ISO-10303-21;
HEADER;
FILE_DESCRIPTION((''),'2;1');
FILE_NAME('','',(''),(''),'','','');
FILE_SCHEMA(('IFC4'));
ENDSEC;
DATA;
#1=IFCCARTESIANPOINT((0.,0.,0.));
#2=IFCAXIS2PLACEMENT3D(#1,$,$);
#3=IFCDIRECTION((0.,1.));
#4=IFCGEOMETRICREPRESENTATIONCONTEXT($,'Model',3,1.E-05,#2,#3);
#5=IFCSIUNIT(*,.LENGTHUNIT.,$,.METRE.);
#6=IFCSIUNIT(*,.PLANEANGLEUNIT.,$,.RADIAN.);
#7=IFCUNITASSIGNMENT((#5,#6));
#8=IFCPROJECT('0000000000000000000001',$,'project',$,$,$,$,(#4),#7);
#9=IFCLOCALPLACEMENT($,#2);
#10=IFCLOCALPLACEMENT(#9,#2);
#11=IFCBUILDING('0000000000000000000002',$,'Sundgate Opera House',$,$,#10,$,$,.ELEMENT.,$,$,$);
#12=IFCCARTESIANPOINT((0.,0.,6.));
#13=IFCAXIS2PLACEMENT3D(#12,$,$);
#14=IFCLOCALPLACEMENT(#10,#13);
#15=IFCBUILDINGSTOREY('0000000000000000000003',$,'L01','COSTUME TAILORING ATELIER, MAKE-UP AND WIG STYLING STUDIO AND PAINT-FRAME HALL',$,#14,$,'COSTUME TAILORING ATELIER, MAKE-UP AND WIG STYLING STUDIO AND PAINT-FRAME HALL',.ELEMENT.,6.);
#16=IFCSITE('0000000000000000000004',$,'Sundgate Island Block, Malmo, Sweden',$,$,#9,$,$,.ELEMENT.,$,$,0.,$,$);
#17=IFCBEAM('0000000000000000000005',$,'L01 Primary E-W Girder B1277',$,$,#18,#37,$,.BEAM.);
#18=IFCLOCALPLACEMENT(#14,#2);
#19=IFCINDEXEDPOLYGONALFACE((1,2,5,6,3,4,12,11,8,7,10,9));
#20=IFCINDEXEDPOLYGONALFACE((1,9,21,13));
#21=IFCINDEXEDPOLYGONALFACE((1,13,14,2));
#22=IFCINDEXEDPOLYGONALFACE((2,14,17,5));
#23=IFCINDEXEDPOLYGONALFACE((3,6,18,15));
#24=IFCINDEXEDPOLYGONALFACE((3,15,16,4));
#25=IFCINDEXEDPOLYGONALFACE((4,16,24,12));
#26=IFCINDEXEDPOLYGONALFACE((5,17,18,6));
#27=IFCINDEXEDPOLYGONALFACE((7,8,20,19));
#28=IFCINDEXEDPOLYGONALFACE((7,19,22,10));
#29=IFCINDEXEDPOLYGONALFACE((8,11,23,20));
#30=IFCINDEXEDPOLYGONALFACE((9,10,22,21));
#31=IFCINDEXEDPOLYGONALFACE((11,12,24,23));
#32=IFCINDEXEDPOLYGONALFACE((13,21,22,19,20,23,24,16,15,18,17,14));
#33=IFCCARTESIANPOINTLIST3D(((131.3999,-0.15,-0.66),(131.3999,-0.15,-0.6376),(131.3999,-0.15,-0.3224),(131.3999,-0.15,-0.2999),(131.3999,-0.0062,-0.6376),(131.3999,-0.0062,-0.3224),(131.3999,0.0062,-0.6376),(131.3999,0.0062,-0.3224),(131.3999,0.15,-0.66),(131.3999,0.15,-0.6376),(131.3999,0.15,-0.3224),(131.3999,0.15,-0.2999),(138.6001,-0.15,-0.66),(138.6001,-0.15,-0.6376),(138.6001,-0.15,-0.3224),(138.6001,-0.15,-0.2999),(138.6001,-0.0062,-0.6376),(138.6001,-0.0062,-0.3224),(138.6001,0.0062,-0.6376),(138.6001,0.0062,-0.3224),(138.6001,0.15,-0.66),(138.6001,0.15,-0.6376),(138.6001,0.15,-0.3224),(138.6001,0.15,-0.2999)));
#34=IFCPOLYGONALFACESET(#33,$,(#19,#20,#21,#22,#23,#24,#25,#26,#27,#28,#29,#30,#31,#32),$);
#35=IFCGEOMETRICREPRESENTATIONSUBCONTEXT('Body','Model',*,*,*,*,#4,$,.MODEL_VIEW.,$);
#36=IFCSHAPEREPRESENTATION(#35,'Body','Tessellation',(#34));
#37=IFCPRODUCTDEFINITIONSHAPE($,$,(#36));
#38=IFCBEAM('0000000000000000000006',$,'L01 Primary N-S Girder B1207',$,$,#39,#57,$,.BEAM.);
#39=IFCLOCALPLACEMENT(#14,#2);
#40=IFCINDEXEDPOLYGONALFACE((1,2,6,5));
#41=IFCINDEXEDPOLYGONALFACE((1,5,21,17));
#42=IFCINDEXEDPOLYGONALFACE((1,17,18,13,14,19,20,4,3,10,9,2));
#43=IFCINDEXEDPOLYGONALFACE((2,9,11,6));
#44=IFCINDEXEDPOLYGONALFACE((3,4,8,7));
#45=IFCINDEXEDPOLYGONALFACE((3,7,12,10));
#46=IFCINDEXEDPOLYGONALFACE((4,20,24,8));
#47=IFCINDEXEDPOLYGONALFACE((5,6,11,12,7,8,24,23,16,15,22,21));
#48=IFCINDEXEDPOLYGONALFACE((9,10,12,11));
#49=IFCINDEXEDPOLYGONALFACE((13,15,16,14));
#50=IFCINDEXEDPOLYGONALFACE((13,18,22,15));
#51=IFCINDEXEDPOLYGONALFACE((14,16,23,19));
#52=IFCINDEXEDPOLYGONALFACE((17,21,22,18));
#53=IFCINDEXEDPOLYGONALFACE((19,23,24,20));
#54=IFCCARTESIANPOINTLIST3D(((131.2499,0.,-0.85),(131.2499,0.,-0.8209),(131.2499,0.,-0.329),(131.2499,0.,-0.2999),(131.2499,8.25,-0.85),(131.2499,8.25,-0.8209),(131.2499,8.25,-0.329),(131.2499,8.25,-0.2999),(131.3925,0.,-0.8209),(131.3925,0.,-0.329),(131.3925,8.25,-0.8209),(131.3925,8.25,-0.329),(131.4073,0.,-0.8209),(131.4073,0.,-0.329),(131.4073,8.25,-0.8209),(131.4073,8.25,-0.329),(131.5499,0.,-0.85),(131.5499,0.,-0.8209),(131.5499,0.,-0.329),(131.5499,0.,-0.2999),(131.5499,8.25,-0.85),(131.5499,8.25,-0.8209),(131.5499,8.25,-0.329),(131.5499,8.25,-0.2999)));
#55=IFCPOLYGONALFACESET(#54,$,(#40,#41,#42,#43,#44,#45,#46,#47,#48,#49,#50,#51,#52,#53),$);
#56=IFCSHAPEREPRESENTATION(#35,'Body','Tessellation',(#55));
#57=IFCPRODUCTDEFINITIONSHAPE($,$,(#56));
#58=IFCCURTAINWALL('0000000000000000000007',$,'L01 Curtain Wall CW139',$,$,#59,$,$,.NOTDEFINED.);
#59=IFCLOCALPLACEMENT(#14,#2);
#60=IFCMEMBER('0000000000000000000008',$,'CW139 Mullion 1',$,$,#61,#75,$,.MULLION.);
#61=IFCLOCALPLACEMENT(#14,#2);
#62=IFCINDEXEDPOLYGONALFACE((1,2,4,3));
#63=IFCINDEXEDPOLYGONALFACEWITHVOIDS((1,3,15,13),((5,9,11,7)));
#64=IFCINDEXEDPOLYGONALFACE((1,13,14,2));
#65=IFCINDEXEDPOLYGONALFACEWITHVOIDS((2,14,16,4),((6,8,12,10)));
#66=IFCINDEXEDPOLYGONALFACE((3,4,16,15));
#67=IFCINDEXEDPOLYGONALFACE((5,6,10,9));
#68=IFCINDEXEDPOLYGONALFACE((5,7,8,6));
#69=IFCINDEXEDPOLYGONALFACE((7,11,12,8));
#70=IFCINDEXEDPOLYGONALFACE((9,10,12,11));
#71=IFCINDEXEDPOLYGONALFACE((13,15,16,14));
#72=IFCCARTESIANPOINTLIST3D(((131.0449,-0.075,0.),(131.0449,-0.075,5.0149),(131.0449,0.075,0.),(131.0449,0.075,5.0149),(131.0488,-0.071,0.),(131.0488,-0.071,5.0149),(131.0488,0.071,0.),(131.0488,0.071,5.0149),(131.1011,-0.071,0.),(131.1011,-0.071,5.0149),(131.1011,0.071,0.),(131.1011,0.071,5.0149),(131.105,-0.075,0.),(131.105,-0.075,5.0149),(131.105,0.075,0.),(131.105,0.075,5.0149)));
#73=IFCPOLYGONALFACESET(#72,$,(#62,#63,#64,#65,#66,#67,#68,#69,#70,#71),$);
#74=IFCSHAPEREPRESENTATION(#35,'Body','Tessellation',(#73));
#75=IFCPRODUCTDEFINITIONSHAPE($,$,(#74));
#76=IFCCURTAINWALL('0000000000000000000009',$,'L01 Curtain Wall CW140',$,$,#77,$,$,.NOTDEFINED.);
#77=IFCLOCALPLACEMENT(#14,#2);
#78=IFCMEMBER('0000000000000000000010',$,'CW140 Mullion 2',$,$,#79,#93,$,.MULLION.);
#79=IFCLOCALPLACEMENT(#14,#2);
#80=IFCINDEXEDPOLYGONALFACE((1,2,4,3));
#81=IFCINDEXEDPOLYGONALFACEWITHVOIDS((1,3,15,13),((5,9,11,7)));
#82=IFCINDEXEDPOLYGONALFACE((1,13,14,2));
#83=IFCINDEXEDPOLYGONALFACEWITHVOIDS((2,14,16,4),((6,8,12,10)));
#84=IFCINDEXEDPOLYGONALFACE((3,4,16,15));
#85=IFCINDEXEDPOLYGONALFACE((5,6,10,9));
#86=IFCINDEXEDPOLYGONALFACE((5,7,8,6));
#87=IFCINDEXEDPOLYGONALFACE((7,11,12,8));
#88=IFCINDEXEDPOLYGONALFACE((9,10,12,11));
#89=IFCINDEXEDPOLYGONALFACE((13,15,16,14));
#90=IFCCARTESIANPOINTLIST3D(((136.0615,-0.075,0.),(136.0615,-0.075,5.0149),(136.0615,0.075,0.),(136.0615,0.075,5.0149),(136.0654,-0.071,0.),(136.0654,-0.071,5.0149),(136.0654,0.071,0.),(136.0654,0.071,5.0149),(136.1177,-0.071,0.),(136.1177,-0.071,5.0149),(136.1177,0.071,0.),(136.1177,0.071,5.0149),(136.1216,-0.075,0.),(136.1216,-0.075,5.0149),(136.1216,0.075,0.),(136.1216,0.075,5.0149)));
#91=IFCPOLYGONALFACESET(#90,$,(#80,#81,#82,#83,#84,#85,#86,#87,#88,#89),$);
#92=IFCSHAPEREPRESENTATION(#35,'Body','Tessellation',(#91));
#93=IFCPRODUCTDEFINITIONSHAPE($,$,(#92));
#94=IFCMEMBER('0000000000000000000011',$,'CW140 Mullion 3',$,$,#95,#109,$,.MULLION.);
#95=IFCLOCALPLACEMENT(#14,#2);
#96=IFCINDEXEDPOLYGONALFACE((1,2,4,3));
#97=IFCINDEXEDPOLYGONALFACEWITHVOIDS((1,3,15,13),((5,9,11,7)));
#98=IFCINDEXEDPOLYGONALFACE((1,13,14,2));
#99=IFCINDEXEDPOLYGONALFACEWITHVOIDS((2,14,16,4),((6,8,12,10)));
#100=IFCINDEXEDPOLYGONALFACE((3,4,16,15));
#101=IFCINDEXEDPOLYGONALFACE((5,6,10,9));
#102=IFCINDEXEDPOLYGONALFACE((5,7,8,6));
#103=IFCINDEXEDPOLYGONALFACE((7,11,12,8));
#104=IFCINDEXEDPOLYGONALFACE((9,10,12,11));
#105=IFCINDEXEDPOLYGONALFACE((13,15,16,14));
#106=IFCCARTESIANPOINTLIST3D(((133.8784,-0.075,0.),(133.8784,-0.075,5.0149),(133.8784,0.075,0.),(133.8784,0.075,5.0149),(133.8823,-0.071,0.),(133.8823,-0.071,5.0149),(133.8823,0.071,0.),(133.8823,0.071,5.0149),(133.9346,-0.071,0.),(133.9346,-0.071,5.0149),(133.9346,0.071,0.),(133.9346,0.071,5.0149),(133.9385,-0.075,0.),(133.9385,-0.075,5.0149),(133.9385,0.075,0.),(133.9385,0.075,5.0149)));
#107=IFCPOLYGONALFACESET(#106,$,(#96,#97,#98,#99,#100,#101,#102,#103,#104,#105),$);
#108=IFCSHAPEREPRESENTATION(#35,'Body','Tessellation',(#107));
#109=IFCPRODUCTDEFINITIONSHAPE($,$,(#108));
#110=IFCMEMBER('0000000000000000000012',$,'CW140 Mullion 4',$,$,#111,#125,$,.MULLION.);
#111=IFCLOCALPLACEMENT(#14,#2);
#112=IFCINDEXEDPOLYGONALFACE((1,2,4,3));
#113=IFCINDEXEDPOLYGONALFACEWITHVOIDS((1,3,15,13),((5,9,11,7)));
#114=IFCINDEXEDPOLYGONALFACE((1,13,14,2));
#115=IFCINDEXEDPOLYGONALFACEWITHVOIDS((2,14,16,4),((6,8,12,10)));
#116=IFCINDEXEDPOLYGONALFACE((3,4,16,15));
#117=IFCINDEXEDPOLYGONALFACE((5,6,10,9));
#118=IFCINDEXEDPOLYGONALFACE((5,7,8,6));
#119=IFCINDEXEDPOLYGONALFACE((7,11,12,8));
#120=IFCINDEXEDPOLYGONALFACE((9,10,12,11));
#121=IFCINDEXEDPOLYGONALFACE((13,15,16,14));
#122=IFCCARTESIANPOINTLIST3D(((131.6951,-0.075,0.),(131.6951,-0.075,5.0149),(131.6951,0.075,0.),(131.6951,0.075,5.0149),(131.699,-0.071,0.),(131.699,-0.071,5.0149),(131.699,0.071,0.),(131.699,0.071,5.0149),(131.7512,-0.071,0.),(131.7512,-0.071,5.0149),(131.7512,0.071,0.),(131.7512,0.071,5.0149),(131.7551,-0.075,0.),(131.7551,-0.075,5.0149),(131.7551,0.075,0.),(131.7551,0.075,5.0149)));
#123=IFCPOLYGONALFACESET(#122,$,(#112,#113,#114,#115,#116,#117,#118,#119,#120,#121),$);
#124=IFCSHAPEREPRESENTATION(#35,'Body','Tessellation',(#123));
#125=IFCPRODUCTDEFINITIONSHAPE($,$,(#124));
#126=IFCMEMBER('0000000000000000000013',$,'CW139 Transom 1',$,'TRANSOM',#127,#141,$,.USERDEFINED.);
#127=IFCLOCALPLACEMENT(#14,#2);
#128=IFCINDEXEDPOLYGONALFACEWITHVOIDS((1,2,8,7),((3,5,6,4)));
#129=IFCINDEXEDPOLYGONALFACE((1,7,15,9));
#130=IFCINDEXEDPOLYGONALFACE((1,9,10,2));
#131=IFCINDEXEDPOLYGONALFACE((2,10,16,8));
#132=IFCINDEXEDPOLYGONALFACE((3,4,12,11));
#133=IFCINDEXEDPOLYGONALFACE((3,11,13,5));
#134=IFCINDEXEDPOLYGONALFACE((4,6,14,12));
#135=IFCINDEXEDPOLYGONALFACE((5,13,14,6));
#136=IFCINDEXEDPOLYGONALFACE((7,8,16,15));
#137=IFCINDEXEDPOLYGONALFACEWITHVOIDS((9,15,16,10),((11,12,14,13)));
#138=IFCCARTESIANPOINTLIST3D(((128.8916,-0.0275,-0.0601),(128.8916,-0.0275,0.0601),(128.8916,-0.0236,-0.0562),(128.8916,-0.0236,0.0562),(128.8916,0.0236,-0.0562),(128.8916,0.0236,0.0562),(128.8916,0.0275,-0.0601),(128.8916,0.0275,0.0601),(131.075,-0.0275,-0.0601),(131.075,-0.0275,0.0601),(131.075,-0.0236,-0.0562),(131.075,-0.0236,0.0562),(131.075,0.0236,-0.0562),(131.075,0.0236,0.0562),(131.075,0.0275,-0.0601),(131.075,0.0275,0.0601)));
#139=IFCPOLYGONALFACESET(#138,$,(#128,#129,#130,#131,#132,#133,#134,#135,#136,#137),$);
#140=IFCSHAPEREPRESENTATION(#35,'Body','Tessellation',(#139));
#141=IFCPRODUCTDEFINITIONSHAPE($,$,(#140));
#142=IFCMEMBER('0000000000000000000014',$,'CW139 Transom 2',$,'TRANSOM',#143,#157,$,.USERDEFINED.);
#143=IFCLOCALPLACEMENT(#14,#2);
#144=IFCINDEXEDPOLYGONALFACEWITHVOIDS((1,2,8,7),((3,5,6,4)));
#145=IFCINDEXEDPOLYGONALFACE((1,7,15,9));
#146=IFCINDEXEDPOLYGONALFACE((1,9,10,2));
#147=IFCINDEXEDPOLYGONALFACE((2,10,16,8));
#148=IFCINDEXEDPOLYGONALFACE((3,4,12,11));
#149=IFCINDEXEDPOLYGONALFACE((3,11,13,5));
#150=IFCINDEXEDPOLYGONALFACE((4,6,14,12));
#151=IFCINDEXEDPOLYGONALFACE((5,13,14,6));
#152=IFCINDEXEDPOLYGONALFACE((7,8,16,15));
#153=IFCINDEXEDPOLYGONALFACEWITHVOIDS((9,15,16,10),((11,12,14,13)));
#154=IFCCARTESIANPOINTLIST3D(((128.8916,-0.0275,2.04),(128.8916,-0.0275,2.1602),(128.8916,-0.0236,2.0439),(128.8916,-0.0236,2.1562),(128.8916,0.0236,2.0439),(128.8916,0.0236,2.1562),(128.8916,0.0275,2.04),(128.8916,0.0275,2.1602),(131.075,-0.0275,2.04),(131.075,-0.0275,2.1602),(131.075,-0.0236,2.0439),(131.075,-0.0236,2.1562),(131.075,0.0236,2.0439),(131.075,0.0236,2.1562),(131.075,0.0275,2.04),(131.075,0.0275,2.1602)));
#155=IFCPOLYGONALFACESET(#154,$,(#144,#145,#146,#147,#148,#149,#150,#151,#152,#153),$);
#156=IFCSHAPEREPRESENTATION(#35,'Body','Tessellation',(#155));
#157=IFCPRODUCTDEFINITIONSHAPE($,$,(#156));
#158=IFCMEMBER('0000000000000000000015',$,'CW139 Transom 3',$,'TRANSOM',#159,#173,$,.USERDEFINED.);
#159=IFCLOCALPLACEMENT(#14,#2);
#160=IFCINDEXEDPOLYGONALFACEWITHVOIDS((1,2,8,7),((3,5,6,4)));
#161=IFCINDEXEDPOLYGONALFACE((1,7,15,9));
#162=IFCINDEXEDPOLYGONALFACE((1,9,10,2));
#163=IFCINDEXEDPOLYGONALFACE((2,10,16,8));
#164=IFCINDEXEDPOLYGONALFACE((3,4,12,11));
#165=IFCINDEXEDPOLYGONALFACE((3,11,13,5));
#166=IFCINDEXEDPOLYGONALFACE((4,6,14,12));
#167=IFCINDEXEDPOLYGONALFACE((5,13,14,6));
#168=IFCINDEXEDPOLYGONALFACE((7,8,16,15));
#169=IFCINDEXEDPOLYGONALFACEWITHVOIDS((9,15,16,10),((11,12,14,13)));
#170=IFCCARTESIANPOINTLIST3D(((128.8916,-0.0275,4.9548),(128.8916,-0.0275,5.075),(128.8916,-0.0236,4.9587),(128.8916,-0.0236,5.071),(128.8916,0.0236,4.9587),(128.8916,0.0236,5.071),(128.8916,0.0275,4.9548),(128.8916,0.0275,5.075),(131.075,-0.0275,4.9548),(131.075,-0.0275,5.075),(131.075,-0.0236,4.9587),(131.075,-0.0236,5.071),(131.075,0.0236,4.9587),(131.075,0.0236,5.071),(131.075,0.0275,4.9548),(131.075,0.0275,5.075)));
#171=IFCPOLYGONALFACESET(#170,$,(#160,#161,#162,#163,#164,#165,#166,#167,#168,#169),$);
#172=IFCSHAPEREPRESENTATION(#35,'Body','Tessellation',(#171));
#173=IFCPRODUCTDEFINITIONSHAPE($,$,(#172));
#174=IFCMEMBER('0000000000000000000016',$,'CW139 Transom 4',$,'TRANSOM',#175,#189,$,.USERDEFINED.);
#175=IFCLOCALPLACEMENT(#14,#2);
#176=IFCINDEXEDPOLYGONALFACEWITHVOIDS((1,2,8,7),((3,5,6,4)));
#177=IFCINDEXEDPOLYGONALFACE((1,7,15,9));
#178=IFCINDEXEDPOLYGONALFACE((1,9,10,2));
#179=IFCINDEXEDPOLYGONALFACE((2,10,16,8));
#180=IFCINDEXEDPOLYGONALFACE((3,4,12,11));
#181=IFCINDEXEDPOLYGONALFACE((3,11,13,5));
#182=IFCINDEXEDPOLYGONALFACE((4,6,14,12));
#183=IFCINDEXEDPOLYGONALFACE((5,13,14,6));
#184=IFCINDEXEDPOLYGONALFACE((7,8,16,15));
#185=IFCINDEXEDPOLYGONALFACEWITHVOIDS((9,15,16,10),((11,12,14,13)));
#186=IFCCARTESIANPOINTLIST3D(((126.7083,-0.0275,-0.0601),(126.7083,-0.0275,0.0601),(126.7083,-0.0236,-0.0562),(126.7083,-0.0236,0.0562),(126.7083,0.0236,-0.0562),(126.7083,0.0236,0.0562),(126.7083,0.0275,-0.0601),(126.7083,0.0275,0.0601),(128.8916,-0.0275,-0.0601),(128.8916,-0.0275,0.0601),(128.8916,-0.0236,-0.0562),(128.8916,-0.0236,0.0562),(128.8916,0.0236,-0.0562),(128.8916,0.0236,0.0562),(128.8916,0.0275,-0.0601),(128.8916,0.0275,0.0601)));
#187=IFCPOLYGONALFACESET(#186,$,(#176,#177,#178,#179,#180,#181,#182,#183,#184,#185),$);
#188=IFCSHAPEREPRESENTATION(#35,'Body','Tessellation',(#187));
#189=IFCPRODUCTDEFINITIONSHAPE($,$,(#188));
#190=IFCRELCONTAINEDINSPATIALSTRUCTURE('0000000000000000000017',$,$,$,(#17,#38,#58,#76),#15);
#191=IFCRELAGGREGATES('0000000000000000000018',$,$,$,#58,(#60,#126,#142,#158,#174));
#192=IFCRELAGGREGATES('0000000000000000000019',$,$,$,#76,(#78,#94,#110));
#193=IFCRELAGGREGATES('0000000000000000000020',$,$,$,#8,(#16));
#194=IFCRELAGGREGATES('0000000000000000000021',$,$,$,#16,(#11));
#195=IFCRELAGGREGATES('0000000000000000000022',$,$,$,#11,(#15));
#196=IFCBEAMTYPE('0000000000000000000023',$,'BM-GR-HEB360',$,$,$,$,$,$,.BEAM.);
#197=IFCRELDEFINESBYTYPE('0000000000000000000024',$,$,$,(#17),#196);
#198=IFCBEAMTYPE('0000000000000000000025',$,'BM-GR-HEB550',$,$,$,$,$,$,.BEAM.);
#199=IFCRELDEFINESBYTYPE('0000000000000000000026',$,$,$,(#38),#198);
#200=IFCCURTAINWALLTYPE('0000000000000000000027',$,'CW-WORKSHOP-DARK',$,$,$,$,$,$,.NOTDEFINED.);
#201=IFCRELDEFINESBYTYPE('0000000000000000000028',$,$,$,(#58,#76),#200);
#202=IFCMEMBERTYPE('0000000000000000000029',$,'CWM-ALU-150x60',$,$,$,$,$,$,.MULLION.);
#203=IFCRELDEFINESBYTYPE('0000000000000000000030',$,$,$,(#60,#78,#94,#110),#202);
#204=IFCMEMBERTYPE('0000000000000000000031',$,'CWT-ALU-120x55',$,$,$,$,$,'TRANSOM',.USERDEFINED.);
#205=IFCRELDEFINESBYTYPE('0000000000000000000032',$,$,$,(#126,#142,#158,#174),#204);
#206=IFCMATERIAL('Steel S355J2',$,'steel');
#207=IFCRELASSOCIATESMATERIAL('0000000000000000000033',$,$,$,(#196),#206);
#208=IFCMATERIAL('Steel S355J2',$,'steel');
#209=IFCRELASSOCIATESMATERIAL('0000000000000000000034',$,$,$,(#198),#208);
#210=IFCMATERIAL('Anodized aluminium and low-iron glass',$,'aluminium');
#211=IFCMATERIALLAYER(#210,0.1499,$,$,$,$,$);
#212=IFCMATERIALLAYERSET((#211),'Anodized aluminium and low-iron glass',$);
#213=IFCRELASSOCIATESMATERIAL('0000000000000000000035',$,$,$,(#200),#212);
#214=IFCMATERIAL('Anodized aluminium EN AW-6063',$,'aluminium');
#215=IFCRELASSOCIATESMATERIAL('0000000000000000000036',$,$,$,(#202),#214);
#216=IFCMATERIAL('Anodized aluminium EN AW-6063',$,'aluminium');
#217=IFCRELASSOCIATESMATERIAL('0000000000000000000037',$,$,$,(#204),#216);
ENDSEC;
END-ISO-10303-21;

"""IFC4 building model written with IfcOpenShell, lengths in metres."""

from ifc_helpers import new_model, si_unit, direction, frame, origin, origin_2d, place, context, subcontext, project, spatial, hollow_rectangle, i_section, extrude, material, layer, layer_set, material_profile, profile_set, type_object, element, aggregate, save


model = new_model("IFC4")

# Units and contexts
model_context = context("Model", 3, precision=1e-05, world=origin(), true_north=direction((0.0, 1.0)))
body_context = subcontext(model_context, "Body", "Model", "MODEL_VIEW")
ifc_project = project(units=[si_unit("LENGTHUNIT", "METRE"), si_unit("PLANEANGLEUNIT", "RADIAN")], contexts=[model_context])

# Site, building, storey
site_placement = place(None, origin())
site = spatial("IfcSite", under=ifc_project, at=site_placement, Name="Sundgate Island Block, Malmo, Sweden", CompositionType="ELEMENT", RefElevation=0.0)
building_placement = place(site_placement, origin())
building = spatial("IfcBuilding", under=site, at=building_placement, Name="Sundgate Opera House", CompositionType="ELEMENT")
storey_placement = place(building_placement, frame((0.0, 0.0, 6.0)))
storey = spatial("IfcBuildingStorey", under=building, at=storey_placement, Name="L01", Description="COSTUME TAILORING ATELIER, MAKE-UP AND WIG STYLING STUDIO AND PAINT-FRAME HALL", LongName="COSTUME TAILORING ATELIER, MAKE-UP AND WIG STYLING STUDIO AND PAINT-FRAME HALL", CompositionType="ELEMENT", Elevation=6.0)

# Beams
ifc_material_1 = material(Name="Steel S355J2", Category="steel")
ifc_material_profile_1 = material_profile(ifc_material_1, i_section(OverallWidth=0.3, OverallDepth=0.3601, WebThickness=0.0125, FlangeThickness=0.0225, at=origin_2d()), Name="HEB 360")
ifc_profile_set_1 = profile_set([ifc_material_profile_1], Name="Steel S355J2")
beam_type_1 = type_object("IfcBeamType", Name="BM-GR-HEB360", PredefinedType="BEAM", material=ifc_profile_set_1)
beam_1_placement = place(storey_placement, frame((131.3999, 0.0, -0.48), z_axis=(1.0, 0.0, 0.0), x_axis=(0.0, 1.0, 0.0)))
element("IfcBeam", 1, at=beam_1_placement, inside=storey, type_object=beam_type_1, Name="L01 Primary E-W Girder B1277", PredefinedType="BEAM", context=body_context, shape_type="SweptSolid", body=[
    extrude(i_section(OverallWidth=0.3, OverallDepth=0.3601, WebThickness=0.0125, FlangeThickness=0.0225, at=origin_2d()), origin(), (0.0, 0.0, 1.0), 7.2002),
])
ifc_material_2 = material(Name="Steel S355J2", Category="steel")
ifc_material_profile_2 = material_profile(ifc_material_2, i_section(OverallWidth=0.3, OverallDepth=0.55, WebThickness=0.0149, FlangeThickness=0.0291, at=origin_2d()), Name="HEB 550")
ifc_profile_set_2 = profile_set([ifc_material_profile_2], Name="Steel S355J2")
beam_type_2 = type_object("IfcBeamType", Name="BM-GR-HEB550", PredefinedType="BEAM", material=ifc_profile_set_2)
beam_2_placement = place(storey_placement, frame((131.3999, 0.0, -0.575), z_axis=(0.0, 1.0, 0.0), x_axis=(-1.0, 0.0, 0.0)))
element("IfcBeam", 2, at=beam_2_placement, inside=storey, type_object=beam_type_2, Name="L01 Primary N-S Girder B1207", PredefinedType="BEAM", context=body_context, shape_type="SweptSolid", body=[
    extrude(i_section(OverallWidth=0.3, OverallDepth=0.55, WebThickness=0.0149, FlangeThickness=0.0291, at=origin_2d()), origin(), (0.0, 0.0, 1.0), 8.25),
])

# Curtain wall, member
ifc_material_3 = material(Name="Anodized aluminium and low-iron glass", Category="aluminium")
ifc_layer_1 = layer(ifc_material_3, 0.1499)
ifc_layer_set_1 = layer_set([ifc_layer_1], Name="Anodized aluminium and low-iron glass")
curtain_wall_type = type_object("IfcCurtainWallType", Name="CW-WORKSHOP-DARK", PredefinedType="NOTDEFINED", material=ifc_layer_set_1)
curtain_wall_1_placement = place(storey_placement, origin())
curtain_wall_1 = element("IfcCurtainWall", 3, at=curtain_wall_1_placement, inside=storey, type_object=curtain_wall_type, Name="L01 Curtain Wall CW139", PredefinedType="NOTDEFINED")
ifc_material_4 = material(Name="Anodized aluminium EN AW-6063", Category="aluminium")
ifc_material_profile_3 = material_profile(ifc_material_4, hollow_rectangle(XDim=0.0601, YDim=0.1499, WallThickness=0.0039, at=origin_2d()), Name="CWM 150x60x4")
ifc_profile_set_3 = profile_set([ifc_material_profile_3], Name="Anodized aluminium EN AW-6063")
member_type_1 = type_object("IfcMemberType", Name="CWM-ALU-150x60", PredefinedType="MULLION", material=ifc_profile_set_3)
member_1_placement = place(storey_placement, frame((131.075, 0.0, 0.0), z_axis=(0.0, 0.0, 1.0), x_axis=(1.0, 0.0, 0.0)))
member_1 = element("IfcMember", 4, at=member_1_placement, type_object=member_type_1, Name="CW139 Mullion 1", PredefinedType="MULLION", context=body_context, shape_type="SweptSolid", body=[
    extrude(hollow_rectangle(XDim=0.0601, YDim=0.1499, WallThickness=0.0039, at=origin_2d()), origin(), (0.0, 0.0, 1.0), 5.0149),
])

# Curtain wall, members
curtain_wall_2_placement = place(storey_placement, origin())
curtain_wall_2 = element("IfcCurtainWall", 5, at=curtain_wall_2_placement, inside=storey, type_object=curtain_wall_type, Name="L01 Curtain Wall CW140", PredefinedType="NOTDEFINED")
member_2_placement = place(storey_placement, frame((136.0916, 0.0, 0.0), z_axis=(0.0, 0.0, 1.0), x_axis=(1.0, 0.0, 0.0)))
member_2 = element("IfcMember", 6, at=member_2_placement, type_object=member_type_1, Name="CW140 Mullion 2", PredefinedType="MULLION", context=body_context, shape_type="SweptSolid", body=[
    extrude(hollow_rectangle(XDim=0.0601, YDim=0.1499, WallThickness=0.0039, at=origin_2d()), origin(), (0.0, 0.0, 1.0), 5.0149),
])
member_3_placement = place(storey_placement, frame((133.9084, 0.0, 0.0), z_axis=(0.0, 0.0, 1.0), x_axis=(1.0, 0.0, 0.0)))
member_3 = element("IfcMember", 7, at=member_3_placement, type_object=member_type_1, Name="CW140 Mullion 3", PredefinedType="MULLION", context=body_context, shape_type="SweptSolid", body=[
    extrude(hollow_rectangle(XDim=0.0601, YDim=0.1499, WallThickness=0.0039, at=origin_2d()), origin(), (0.0, 0.0, 1.0), 5.0149),
])
member_4_placement = place(storey_placement, frame((131.7251, 0.0, 0.0), z_axis=(0.0, 0.0, 1.0), x_axis=(1.0, 0.0, 0.0)))
member_4 = element("IfcMember", 8, at=member_4_placement, type_object=member_type_1, Name="CW140 Mullion 4", PredefinedType="MULLION", context=body_context, shape_type="SweptSolid", body=[
    extrude(hollow_rectangle(XDim=0.0601, YDim=0.1499, WallThickness=0.0039, at=origin_2d()), origin(), (0.0, 0.0, 1.0), 5.0149),
])

# Members
ifc_material_5 = material(Name="Anodized aluminium EN AW-6063", Category="aluminium")
ifc_material_profile_4 = material_profile(ifc_material_5, hollow_rectangle(XDim=0.0549, YDim=0.1201, WallThickness=0.0039, at=origin_2d()), Name="CWT 120x55x4")
ifc_profile_set_4 = profile_set([ifc_material_profile_4], Name="Anodized aluminium EN AW-6063")
member_type_2 = type_object("IfcMemberType", Name="CWT-ALU-120x55", ElementType="TRANSOM", PredefinedType="USERDEFINED", material=ifc_profile_set_4)
member_5_placement = place(storey_placement, frame((131.075, 0.0, 0.0), z_axis=(-1.0, 0.0, 0.0), x_axis=(0.0, -1.0, 0.0)))
member_5 = element("IfcMember", 9, at=member_5_placement, type_object=member_type_2, Name="CW139 Transom 1", ObjectType="TRANSOM", PredefinedType="USERDEFINED", context=body_context, shape_type="SweptSolid", body=[
    extrude(hollow_rectangle(XDim=0.0549, YDim=0.1201, WallThickness=0.0039, at=origin_2d()), origin(), (0.0, 0.0, 1.0), 2.1833),
])
member_6_placement = place(storey_placement, frame((131.075, 0.0, 2.1001), z_axis=(-1.0, 0.0, 0.0), x_axis=(0.0, -1.0, 0.0)))
member_6 = element("IfcMember", 10, at=member_6_placement, type_object=member_type_2, Name="CW139 Transom 2", ObjectType="TRANSOM", PredefinedType="USERDEFINED", context=body_context, shape_type="SweptSolid", body=[
    extrude(hollow_rectangle(XDim=0.0549, YDim=0.1201, WallThickness=0.0039, at=origin_2d()), origin(), (0.0, 0.0, 1.0), 2.1833),
])
member_7_placement = place(storey_placement, frame((131.075, 0.0, 5.0149), z_axis=(-1.0, 0.0, 0.0), x_axis=(0.0, -1.0, 0.0)))
member_7 = element("IfcMember", 11, at=member_7_placement, type_object=member_type_2, Name="CW139 Transom 3", ObjectType="TRANSOM", PredefinedType="USERDEFINED", context=body_context, shape_type="SweptSolid", body=[
    extrude(hollow_rectangle(XDim=0.0549, YDim=0.1201, WallThickness=0.0039, at=origin_2d()), origin(), (0.0, 0.0, 1.0), 2.1833),
])
member_8_placement = place(storey_placement, frame((128.8916, 0.0, 0.0), z_axis=(-1.0, 0.0, 0.0), x_axis=(0.0, -1.0, 0.0)))
member_8 = element("IfcMember", 12, at=member_8_placement, type_object=member_type_2, Name="CW139 Transom 4", ObjectType="TRANSOM", PredefinedType="USERDEFINED", context=body_context, shape_type="SweptSolid", body=[
    extrude(hollow_rectangle(XDim=0.0549, YDim=0.1201, WallThickness=0.0039, at=origin_2d()), origin(), (0.0, 0.0, 1.0), 2.1833),
])

aggregate(curtain_wall_1, [member_1, member_5, member_6, member_7, member_8])
aggregate(curtain_wall_2, [member_2, member_3, member_4])

save(model, "model.ifc")
